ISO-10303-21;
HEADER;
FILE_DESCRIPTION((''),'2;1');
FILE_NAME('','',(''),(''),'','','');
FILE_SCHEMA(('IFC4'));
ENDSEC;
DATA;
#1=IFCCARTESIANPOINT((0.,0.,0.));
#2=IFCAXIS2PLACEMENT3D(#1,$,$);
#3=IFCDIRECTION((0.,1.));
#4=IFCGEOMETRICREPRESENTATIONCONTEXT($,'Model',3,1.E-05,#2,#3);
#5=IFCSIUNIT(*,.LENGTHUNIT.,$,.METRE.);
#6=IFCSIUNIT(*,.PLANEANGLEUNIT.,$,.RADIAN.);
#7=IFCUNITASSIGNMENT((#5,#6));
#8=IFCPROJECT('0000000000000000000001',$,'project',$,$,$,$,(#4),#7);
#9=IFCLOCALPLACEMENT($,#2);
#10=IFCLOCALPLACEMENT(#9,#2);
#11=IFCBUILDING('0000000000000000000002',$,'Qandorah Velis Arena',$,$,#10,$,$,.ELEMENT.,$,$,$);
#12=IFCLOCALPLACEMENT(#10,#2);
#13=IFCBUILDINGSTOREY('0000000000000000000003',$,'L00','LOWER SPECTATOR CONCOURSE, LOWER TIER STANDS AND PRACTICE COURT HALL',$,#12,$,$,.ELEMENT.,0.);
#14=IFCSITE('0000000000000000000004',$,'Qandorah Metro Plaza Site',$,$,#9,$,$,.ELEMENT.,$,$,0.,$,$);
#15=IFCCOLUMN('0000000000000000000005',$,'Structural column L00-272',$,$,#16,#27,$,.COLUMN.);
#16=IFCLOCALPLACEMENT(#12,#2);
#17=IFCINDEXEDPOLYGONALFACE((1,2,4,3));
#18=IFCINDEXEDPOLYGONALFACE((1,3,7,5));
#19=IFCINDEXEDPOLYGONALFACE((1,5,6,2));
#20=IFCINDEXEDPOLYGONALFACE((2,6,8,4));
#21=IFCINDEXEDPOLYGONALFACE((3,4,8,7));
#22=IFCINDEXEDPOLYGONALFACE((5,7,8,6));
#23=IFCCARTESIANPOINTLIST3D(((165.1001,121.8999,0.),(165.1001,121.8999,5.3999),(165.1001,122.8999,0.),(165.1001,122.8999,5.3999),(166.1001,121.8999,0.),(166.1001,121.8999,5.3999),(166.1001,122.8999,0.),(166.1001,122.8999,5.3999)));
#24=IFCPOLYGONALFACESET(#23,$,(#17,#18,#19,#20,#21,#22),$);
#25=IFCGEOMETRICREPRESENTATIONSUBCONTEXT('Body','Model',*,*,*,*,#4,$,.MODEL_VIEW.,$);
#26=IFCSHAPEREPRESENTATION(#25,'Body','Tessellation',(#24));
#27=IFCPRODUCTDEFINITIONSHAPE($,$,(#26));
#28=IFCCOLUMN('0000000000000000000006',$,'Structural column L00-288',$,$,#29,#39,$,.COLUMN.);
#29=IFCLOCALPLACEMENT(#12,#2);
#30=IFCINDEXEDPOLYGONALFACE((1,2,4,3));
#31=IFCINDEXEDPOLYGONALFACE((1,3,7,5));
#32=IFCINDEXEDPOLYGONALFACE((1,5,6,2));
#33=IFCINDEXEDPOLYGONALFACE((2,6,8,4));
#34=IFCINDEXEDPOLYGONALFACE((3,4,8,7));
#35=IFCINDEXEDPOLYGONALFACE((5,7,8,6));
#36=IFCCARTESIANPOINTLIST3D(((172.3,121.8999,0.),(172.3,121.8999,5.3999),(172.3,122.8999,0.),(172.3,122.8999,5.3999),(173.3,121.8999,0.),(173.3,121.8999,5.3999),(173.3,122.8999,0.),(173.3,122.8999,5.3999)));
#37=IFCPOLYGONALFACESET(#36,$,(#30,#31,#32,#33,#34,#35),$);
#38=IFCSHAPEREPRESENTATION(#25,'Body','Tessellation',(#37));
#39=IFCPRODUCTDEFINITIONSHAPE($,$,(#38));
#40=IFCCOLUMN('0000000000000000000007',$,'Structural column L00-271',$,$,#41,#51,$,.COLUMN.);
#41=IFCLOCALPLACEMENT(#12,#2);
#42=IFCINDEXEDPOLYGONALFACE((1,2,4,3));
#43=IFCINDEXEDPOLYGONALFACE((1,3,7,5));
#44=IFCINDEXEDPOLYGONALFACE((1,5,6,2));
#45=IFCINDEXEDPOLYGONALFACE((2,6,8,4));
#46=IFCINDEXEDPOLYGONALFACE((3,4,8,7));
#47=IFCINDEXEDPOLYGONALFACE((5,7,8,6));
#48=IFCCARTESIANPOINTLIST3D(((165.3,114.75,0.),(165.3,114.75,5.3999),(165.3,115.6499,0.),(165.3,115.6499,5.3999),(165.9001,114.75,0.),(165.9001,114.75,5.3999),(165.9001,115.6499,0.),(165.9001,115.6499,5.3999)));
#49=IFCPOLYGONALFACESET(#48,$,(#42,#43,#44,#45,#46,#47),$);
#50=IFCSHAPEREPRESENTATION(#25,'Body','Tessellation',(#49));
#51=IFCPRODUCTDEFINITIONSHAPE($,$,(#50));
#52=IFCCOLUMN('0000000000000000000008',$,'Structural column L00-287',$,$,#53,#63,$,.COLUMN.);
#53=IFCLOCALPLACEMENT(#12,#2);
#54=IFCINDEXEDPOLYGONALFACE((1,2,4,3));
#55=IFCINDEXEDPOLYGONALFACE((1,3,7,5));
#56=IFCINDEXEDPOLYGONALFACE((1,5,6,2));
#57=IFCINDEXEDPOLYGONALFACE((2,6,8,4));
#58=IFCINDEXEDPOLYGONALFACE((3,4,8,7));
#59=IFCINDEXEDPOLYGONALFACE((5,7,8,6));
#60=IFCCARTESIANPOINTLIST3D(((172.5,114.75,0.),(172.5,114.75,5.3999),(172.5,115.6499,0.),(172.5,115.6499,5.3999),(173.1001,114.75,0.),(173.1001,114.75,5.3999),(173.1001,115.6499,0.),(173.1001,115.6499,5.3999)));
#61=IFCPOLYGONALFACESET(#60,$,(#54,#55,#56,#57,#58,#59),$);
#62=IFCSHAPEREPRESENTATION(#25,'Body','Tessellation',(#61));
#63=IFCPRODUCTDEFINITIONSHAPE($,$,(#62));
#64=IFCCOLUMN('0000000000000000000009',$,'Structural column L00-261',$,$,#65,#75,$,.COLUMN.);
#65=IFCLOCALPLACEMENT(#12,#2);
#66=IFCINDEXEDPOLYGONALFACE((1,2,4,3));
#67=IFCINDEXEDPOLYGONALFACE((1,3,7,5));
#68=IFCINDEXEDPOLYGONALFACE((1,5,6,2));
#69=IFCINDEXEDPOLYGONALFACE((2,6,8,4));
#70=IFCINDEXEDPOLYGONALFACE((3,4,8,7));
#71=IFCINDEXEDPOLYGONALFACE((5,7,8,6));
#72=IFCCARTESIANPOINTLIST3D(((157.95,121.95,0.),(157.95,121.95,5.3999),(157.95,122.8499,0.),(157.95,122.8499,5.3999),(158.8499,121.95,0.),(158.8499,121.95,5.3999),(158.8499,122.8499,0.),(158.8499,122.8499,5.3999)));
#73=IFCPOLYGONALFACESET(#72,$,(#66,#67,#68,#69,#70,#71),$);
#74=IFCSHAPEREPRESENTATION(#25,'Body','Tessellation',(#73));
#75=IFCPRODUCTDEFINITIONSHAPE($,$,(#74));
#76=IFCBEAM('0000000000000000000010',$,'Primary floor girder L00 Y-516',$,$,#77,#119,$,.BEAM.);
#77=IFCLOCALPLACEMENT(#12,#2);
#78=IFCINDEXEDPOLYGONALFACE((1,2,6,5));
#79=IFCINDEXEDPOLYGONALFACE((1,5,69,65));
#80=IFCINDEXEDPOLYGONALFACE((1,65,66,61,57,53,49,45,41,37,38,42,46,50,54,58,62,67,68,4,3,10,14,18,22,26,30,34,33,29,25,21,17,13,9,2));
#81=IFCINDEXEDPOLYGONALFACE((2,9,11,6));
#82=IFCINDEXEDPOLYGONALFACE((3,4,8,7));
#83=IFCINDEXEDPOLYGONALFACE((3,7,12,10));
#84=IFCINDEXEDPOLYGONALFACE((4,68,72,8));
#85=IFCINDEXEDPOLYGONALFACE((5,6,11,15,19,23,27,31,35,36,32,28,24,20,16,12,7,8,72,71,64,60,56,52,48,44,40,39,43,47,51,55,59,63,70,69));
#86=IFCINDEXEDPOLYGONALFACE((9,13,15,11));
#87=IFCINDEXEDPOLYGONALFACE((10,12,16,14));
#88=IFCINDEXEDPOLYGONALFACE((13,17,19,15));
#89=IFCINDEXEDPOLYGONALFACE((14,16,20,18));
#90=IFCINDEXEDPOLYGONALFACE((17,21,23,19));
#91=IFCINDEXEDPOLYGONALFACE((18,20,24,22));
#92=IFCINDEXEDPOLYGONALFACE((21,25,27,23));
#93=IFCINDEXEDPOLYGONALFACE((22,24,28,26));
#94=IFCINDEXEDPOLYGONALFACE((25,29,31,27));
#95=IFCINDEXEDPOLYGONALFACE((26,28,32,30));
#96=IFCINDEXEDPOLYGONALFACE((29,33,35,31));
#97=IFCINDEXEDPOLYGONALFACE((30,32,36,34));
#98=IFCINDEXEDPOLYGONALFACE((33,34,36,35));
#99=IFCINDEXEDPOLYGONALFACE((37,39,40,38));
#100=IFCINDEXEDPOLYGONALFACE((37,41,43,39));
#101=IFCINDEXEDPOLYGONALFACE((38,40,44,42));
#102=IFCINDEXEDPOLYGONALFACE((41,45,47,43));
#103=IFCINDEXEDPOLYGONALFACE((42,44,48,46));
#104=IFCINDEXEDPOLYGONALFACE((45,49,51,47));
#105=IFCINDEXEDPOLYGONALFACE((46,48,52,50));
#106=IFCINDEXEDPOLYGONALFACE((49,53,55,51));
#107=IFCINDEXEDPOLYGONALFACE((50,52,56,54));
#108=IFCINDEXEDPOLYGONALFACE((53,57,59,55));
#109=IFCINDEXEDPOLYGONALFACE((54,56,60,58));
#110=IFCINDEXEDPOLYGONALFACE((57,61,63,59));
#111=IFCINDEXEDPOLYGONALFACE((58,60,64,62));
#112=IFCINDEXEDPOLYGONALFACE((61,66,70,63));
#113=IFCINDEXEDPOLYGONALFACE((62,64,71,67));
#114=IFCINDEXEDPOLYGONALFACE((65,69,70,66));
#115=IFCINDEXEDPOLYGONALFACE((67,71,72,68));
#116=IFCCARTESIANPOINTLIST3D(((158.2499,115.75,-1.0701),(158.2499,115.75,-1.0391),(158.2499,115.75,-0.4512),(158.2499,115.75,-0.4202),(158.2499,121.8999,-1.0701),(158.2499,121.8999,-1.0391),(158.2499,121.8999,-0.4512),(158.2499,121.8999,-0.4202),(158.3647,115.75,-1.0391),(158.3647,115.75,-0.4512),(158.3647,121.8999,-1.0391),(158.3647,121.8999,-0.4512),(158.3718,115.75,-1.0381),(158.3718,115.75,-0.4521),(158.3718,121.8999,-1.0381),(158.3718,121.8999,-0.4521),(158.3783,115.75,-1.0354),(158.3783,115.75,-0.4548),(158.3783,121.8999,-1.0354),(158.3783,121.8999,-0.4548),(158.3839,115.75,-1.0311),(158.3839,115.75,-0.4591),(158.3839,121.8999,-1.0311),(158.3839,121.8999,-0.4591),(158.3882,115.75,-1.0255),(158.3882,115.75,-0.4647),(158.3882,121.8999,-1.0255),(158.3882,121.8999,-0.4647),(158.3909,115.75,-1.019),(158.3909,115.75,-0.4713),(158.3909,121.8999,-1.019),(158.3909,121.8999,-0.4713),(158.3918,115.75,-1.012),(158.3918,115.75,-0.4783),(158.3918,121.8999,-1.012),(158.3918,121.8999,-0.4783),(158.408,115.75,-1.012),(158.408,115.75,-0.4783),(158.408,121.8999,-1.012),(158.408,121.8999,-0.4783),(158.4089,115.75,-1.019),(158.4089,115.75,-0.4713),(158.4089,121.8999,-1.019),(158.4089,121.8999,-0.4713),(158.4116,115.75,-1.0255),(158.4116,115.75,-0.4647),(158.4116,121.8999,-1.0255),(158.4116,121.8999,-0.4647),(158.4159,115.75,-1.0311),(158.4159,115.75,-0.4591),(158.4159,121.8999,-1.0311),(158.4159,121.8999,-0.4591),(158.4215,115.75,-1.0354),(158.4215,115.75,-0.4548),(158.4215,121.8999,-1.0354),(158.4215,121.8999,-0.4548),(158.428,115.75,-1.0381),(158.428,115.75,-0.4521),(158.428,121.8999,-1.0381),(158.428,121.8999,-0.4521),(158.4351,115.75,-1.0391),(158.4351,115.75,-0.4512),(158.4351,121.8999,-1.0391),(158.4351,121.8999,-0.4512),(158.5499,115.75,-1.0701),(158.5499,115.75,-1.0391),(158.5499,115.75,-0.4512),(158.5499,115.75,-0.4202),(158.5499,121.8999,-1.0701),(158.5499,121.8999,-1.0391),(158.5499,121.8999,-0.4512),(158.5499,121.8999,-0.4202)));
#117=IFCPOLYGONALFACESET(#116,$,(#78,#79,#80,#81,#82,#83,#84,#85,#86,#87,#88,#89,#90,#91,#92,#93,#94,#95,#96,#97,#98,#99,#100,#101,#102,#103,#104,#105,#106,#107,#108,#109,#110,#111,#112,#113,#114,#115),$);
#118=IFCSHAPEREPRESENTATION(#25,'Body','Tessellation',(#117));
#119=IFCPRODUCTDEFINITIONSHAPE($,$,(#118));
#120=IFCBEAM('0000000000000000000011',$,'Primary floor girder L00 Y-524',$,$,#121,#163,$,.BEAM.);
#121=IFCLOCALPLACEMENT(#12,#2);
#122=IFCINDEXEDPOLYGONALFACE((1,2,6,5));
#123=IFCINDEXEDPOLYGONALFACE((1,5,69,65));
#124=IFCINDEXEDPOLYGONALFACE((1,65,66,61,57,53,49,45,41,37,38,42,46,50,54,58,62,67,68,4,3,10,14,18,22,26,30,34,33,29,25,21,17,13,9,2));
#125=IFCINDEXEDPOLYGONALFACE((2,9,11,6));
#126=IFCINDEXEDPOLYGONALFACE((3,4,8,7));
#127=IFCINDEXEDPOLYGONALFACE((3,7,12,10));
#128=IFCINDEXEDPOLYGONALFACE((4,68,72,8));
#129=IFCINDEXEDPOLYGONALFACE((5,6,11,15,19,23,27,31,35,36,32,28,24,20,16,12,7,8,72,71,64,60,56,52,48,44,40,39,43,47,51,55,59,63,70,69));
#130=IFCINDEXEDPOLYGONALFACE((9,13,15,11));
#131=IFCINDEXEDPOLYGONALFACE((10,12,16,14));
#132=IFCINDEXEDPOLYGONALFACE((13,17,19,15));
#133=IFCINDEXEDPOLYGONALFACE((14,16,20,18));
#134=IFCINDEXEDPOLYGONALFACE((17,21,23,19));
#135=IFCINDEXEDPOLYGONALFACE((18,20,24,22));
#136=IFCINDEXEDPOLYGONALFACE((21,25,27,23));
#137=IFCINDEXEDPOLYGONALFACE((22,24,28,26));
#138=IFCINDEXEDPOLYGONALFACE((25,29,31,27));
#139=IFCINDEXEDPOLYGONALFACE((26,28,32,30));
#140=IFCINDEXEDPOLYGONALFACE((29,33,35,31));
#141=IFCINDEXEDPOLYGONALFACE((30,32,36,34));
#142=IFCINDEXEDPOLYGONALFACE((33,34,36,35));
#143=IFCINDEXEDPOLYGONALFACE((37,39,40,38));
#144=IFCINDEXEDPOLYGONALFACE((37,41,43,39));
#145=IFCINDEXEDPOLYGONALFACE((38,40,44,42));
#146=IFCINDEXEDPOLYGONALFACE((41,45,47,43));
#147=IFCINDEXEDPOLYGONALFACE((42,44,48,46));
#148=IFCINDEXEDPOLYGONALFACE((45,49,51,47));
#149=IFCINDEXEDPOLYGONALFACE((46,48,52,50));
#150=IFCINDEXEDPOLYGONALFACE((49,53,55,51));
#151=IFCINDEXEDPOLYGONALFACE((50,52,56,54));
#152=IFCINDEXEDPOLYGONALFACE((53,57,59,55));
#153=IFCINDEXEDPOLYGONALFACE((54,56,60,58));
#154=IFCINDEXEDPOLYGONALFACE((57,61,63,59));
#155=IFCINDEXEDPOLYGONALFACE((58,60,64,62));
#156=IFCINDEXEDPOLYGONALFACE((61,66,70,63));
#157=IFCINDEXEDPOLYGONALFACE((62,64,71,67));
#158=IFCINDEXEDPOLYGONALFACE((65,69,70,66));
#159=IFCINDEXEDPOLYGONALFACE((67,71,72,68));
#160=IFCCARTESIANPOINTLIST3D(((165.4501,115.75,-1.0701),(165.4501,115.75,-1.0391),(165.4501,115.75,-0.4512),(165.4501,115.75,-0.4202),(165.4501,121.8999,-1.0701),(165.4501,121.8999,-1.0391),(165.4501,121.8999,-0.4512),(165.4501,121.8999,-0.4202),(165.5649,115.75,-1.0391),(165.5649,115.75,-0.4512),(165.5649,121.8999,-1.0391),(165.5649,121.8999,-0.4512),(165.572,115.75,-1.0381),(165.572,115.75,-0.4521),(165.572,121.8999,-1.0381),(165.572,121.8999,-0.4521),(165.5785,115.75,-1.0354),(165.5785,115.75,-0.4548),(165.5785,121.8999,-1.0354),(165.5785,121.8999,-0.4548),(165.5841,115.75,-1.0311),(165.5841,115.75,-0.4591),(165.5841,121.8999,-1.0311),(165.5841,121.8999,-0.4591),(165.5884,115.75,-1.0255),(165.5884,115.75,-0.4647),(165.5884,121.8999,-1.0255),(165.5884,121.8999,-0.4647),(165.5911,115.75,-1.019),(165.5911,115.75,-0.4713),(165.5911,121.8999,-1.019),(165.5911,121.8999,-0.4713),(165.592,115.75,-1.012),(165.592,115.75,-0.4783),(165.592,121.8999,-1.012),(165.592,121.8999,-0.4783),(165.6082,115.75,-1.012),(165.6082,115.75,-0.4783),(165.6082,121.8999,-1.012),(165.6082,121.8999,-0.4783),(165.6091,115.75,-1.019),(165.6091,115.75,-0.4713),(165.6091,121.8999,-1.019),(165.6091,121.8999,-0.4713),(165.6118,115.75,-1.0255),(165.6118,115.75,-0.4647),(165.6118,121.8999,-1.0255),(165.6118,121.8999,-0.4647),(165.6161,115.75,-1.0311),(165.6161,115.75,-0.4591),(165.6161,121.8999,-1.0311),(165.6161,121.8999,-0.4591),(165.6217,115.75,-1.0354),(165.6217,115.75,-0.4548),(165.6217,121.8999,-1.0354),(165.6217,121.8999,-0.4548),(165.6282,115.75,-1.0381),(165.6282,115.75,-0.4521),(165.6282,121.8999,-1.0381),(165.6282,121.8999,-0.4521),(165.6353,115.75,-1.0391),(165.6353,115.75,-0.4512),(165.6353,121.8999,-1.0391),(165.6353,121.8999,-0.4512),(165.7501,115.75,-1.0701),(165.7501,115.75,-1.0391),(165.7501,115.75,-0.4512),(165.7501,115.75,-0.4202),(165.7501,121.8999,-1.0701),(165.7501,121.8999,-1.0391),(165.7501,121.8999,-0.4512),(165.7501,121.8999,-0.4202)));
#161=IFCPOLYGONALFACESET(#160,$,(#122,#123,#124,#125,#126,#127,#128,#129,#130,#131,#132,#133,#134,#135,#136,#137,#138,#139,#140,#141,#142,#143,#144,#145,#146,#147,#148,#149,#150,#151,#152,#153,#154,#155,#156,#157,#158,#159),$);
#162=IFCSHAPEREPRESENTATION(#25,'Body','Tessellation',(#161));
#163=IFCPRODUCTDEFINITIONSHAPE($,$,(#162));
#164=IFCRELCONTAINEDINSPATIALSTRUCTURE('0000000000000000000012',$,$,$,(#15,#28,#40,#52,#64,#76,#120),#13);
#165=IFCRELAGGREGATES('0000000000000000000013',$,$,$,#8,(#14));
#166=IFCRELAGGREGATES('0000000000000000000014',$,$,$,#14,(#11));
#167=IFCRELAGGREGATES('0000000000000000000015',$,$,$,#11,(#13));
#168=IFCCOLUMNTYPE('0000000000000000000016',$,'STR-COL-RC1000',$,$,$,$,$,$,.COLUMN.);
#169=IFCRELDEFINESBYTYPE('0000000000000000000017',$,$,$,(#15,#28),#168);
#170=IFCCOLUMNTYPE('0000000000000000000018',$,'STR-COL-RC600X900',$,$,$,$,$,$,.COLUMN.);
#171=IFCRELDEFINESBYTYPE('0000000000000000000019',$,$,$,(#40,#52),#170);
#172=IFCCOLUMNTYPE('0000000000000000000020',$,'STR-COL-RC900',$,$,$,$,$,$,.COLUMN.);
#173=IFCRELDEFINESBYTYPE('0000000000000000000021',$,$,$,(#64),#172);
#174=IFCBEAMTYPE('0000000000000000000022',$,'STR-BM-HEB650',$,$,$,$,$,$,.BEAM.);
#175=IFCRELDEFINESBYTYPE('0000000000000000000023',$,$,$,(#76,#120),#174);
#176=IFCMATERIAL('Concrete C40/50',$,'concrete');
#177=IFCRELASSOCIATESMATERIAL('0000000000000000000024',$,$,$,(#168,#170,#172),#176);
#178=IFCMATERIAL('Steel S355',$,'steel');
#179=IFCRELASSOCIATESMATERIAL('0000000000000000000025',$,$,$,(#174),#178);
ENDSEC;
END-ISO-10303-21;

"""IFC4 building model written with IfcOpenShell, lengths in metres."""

from ifc_helpers import new_model, si_unit, direction, frame, origin, origin_2d, place, context, subcontext, project, spatial, rectangle, i_section, extrude, material, material_profile, profile_set, type_object, element, save


model = new_model("IFC4")

# Units and contexts
model_context = context("Model", 3, precision=1e-05, world=origin(), true_north=direction((0.0, 1.0)))
body_context = subcontext(model_context, "Body", "Model", "MODEL_VIEW")
ifc_project = project(units=[si_unit("LENGTHUNIT", "METRE"), si_unit("PLANEANGLEUNIT", "RADIAN")], contexts=[model_context])

# Site, building, storey
site_placement = place(None, origin())
site = spatial("IfcSite", under=ifc_project, at=site_placement, Name="Qandorah Metro Plaza Site", CompositionType="ELEMENT", RefElevation=0.0)
building_placement = place(site_placement, origin())
building = spatial("IfcBuilding", under=site, at=building_placement, Name="Qandorah Velis Arena", CompositionType="ELEMENT")
storey_placement = place(building_placement, origin())
storey = spatial("IfcBuildingStorey", under=building, at=storey_placement, Name="L00", Description="LOWER SPECTATOR CONCOURSE, LOWER TIER STANDS AND PRACTICE COURT HALL", CompositionType="ELEMENT", Elevation=0.0)

# Columns
ifc_material_1 = material(Name="Concrete C40/50", Category="concrete")
ifc_material_profile_1 = material_profile(ifc_material_1, rectangle(XDim=1.0, YDim=1.0, at=origin_2d()), Name="RC COL 1000x1000")
ifc_profile_set_1 = profile_set([ifc_material_profile_1], Name="Concrete C40/50")
column_type_1 = type_object("IfcColumnType", Name="STR-COL-RC1000", PredefinedType="COLUMN", material=ifc_profile_set_1)
for number, where, z_axis, x_axis, name in (
    (1, (165.6001, 122.3999, 0.0), (0.0, 0.0, 1.0), (1.0, 0.0, 0.0), "Structural column L00-272"),
    (2, (172.8, 122.3999, 0.0), (0.0, 0.0, 1.0), (1.0, 0.0, 0.0), "Structural column L00-288"),
):
    element("IfcColumn", number, at=place(storey_placement, frame(where, z_axis=z_axis, x_axis=x_axis)), inside=storey, type_object=column_type_1, Name=name, PredefinedType="COLUMN", context=body_context, shape_type="SweptSolid", body=[
        extrude(rectangle(XDim=1.0, YDim=1.0, at=origin_2d()), origin(), (0.0, 0.0, 1.0), 5.3999),
    ])
ifc_material_profile_2 = material_profile(ifc_material_1, rectangle(XDim=0.6001, YDim=0.8999, at=origin_2d()), Name="RC COL 600x900")
ifc_profile_set_2 = profile_set([ifc_material_profile_2], Name="Concrete C40/50")
column_type_2 = type_object("IfcColumnType", Name="STR-COL-RC600X900", PredefinedType="COLUMN", material=ifc_profile_set_2)
for number, where, z_axis, x_axis, name in (
    (3, (165.6001, 115.2, 0.0), (0.0, 0.0, 1.0), (1.0, 0.0, 0.0), "Structural column L00-271"),
    (4, (172.8, 115.2, 0.0), (0.0, 0.0, 1.0), (1.0, 0.0, 0.0), "Structural column L00-287"),
):
    element("IfcColumn", number, at=place(storey_placement, frame(where, z_axis=z_axis, x_axis=x_axis)), inside=storey, type_object=column_type_2, Name=name, PredefinedType="COLUMN", context=body_context, shape_type="SweptSolid", body=[
        extrude(rectangle(XDim=0.6001, YDim=0.8999, at=origin_2d()), origin(), (0.0, 0.0, 1.0), 5.3999),
    ])
ifc_material_profile_3 = material_profile(ifc_material_1, rectangle(XDim=0.8999, YDim=0.8999, at=origin_2d()), Name="RC COL 900x900")
ifc_profile_set_3 = profile_set([ifc_material_profile_3], Name="Concrete C40/50")
column_type_3 = type_object("IfcColumnType", Name="STR-COL-RC900", PredefinedType="COLUMN", material=ifc_profile_set_3)
column_placement = place(storey_placement, frame((158.3999, 122.3999, 0.0), z_axis=(0.0, 0.0, 1.0), x_axis=(1.0, 0.0, 0.0)))
element("IfcColumn", 5, at=column_placement, inside=storey, type_object=column_type_3, Name="Structural column L00-261", PredefinedType="COLUMN", context=body_context, shape_type="SweptSolid", body=[
    extrude(rectangle(XDim=0.8999, YDim=0.8999, at=origin_2d()), origin(), (0.0, 0.0, 1.0), 5.3999),
])

# Beams
ifc_material_2 = material(Name="Steel S355", Category="steel")
ifc_material_profile_4 = material_profile(ifc_material_2, i_section(OverallWidth=0.3, OverallDepth=0.6499, WebThickness=0.0161, FlangeThickness=0.031, FilletRadius=0.0271, at=origin_2d()), Name="HEB 650")
ifc_profile_set_4 = profile_set([ifc_material_profile_4], Name="Steel S355")
beam_type_1 = type_object("IfcBeamType", Name="STR-BM-HEB650", PredefinedType="BEAM", material=ifc_profile_set_4)
for number, where, z_axis, x_axis, name in (
    (6, (158.3999, 115.75, -0.7451), (0.0, 1.0, 0.0), (-1.0, 0.0, 0.0), "Primary floor girder L00 Y-516"),
    (7, (165.6001, 115.75, -0.7451), (0.0, 1.0, 0.0), (-1.0, 0.0, 0.0), "Primary floor girder L00 Y-524"),
):
    element("IfcBeam", number, at=place(storey_placement, frame(where, z_axis=z_axis, x_axis=x_axis)), inside=storey, type_object=beam_type_1, Name=name, PredefinedType="BEAM", context=body_context, shape_type="SweptSolid", body=[
        extrude(i_section(OverallWidth=0.3, OverallDepth=0.6499, WebThickness=0.0161, FlangeThickness=0.031, FilletRadius=0.0271, at=origin_2d()), origin(), (0.0, 0.0, 1.0), 6.1499),
    ])

save(model, "model.ifc")
